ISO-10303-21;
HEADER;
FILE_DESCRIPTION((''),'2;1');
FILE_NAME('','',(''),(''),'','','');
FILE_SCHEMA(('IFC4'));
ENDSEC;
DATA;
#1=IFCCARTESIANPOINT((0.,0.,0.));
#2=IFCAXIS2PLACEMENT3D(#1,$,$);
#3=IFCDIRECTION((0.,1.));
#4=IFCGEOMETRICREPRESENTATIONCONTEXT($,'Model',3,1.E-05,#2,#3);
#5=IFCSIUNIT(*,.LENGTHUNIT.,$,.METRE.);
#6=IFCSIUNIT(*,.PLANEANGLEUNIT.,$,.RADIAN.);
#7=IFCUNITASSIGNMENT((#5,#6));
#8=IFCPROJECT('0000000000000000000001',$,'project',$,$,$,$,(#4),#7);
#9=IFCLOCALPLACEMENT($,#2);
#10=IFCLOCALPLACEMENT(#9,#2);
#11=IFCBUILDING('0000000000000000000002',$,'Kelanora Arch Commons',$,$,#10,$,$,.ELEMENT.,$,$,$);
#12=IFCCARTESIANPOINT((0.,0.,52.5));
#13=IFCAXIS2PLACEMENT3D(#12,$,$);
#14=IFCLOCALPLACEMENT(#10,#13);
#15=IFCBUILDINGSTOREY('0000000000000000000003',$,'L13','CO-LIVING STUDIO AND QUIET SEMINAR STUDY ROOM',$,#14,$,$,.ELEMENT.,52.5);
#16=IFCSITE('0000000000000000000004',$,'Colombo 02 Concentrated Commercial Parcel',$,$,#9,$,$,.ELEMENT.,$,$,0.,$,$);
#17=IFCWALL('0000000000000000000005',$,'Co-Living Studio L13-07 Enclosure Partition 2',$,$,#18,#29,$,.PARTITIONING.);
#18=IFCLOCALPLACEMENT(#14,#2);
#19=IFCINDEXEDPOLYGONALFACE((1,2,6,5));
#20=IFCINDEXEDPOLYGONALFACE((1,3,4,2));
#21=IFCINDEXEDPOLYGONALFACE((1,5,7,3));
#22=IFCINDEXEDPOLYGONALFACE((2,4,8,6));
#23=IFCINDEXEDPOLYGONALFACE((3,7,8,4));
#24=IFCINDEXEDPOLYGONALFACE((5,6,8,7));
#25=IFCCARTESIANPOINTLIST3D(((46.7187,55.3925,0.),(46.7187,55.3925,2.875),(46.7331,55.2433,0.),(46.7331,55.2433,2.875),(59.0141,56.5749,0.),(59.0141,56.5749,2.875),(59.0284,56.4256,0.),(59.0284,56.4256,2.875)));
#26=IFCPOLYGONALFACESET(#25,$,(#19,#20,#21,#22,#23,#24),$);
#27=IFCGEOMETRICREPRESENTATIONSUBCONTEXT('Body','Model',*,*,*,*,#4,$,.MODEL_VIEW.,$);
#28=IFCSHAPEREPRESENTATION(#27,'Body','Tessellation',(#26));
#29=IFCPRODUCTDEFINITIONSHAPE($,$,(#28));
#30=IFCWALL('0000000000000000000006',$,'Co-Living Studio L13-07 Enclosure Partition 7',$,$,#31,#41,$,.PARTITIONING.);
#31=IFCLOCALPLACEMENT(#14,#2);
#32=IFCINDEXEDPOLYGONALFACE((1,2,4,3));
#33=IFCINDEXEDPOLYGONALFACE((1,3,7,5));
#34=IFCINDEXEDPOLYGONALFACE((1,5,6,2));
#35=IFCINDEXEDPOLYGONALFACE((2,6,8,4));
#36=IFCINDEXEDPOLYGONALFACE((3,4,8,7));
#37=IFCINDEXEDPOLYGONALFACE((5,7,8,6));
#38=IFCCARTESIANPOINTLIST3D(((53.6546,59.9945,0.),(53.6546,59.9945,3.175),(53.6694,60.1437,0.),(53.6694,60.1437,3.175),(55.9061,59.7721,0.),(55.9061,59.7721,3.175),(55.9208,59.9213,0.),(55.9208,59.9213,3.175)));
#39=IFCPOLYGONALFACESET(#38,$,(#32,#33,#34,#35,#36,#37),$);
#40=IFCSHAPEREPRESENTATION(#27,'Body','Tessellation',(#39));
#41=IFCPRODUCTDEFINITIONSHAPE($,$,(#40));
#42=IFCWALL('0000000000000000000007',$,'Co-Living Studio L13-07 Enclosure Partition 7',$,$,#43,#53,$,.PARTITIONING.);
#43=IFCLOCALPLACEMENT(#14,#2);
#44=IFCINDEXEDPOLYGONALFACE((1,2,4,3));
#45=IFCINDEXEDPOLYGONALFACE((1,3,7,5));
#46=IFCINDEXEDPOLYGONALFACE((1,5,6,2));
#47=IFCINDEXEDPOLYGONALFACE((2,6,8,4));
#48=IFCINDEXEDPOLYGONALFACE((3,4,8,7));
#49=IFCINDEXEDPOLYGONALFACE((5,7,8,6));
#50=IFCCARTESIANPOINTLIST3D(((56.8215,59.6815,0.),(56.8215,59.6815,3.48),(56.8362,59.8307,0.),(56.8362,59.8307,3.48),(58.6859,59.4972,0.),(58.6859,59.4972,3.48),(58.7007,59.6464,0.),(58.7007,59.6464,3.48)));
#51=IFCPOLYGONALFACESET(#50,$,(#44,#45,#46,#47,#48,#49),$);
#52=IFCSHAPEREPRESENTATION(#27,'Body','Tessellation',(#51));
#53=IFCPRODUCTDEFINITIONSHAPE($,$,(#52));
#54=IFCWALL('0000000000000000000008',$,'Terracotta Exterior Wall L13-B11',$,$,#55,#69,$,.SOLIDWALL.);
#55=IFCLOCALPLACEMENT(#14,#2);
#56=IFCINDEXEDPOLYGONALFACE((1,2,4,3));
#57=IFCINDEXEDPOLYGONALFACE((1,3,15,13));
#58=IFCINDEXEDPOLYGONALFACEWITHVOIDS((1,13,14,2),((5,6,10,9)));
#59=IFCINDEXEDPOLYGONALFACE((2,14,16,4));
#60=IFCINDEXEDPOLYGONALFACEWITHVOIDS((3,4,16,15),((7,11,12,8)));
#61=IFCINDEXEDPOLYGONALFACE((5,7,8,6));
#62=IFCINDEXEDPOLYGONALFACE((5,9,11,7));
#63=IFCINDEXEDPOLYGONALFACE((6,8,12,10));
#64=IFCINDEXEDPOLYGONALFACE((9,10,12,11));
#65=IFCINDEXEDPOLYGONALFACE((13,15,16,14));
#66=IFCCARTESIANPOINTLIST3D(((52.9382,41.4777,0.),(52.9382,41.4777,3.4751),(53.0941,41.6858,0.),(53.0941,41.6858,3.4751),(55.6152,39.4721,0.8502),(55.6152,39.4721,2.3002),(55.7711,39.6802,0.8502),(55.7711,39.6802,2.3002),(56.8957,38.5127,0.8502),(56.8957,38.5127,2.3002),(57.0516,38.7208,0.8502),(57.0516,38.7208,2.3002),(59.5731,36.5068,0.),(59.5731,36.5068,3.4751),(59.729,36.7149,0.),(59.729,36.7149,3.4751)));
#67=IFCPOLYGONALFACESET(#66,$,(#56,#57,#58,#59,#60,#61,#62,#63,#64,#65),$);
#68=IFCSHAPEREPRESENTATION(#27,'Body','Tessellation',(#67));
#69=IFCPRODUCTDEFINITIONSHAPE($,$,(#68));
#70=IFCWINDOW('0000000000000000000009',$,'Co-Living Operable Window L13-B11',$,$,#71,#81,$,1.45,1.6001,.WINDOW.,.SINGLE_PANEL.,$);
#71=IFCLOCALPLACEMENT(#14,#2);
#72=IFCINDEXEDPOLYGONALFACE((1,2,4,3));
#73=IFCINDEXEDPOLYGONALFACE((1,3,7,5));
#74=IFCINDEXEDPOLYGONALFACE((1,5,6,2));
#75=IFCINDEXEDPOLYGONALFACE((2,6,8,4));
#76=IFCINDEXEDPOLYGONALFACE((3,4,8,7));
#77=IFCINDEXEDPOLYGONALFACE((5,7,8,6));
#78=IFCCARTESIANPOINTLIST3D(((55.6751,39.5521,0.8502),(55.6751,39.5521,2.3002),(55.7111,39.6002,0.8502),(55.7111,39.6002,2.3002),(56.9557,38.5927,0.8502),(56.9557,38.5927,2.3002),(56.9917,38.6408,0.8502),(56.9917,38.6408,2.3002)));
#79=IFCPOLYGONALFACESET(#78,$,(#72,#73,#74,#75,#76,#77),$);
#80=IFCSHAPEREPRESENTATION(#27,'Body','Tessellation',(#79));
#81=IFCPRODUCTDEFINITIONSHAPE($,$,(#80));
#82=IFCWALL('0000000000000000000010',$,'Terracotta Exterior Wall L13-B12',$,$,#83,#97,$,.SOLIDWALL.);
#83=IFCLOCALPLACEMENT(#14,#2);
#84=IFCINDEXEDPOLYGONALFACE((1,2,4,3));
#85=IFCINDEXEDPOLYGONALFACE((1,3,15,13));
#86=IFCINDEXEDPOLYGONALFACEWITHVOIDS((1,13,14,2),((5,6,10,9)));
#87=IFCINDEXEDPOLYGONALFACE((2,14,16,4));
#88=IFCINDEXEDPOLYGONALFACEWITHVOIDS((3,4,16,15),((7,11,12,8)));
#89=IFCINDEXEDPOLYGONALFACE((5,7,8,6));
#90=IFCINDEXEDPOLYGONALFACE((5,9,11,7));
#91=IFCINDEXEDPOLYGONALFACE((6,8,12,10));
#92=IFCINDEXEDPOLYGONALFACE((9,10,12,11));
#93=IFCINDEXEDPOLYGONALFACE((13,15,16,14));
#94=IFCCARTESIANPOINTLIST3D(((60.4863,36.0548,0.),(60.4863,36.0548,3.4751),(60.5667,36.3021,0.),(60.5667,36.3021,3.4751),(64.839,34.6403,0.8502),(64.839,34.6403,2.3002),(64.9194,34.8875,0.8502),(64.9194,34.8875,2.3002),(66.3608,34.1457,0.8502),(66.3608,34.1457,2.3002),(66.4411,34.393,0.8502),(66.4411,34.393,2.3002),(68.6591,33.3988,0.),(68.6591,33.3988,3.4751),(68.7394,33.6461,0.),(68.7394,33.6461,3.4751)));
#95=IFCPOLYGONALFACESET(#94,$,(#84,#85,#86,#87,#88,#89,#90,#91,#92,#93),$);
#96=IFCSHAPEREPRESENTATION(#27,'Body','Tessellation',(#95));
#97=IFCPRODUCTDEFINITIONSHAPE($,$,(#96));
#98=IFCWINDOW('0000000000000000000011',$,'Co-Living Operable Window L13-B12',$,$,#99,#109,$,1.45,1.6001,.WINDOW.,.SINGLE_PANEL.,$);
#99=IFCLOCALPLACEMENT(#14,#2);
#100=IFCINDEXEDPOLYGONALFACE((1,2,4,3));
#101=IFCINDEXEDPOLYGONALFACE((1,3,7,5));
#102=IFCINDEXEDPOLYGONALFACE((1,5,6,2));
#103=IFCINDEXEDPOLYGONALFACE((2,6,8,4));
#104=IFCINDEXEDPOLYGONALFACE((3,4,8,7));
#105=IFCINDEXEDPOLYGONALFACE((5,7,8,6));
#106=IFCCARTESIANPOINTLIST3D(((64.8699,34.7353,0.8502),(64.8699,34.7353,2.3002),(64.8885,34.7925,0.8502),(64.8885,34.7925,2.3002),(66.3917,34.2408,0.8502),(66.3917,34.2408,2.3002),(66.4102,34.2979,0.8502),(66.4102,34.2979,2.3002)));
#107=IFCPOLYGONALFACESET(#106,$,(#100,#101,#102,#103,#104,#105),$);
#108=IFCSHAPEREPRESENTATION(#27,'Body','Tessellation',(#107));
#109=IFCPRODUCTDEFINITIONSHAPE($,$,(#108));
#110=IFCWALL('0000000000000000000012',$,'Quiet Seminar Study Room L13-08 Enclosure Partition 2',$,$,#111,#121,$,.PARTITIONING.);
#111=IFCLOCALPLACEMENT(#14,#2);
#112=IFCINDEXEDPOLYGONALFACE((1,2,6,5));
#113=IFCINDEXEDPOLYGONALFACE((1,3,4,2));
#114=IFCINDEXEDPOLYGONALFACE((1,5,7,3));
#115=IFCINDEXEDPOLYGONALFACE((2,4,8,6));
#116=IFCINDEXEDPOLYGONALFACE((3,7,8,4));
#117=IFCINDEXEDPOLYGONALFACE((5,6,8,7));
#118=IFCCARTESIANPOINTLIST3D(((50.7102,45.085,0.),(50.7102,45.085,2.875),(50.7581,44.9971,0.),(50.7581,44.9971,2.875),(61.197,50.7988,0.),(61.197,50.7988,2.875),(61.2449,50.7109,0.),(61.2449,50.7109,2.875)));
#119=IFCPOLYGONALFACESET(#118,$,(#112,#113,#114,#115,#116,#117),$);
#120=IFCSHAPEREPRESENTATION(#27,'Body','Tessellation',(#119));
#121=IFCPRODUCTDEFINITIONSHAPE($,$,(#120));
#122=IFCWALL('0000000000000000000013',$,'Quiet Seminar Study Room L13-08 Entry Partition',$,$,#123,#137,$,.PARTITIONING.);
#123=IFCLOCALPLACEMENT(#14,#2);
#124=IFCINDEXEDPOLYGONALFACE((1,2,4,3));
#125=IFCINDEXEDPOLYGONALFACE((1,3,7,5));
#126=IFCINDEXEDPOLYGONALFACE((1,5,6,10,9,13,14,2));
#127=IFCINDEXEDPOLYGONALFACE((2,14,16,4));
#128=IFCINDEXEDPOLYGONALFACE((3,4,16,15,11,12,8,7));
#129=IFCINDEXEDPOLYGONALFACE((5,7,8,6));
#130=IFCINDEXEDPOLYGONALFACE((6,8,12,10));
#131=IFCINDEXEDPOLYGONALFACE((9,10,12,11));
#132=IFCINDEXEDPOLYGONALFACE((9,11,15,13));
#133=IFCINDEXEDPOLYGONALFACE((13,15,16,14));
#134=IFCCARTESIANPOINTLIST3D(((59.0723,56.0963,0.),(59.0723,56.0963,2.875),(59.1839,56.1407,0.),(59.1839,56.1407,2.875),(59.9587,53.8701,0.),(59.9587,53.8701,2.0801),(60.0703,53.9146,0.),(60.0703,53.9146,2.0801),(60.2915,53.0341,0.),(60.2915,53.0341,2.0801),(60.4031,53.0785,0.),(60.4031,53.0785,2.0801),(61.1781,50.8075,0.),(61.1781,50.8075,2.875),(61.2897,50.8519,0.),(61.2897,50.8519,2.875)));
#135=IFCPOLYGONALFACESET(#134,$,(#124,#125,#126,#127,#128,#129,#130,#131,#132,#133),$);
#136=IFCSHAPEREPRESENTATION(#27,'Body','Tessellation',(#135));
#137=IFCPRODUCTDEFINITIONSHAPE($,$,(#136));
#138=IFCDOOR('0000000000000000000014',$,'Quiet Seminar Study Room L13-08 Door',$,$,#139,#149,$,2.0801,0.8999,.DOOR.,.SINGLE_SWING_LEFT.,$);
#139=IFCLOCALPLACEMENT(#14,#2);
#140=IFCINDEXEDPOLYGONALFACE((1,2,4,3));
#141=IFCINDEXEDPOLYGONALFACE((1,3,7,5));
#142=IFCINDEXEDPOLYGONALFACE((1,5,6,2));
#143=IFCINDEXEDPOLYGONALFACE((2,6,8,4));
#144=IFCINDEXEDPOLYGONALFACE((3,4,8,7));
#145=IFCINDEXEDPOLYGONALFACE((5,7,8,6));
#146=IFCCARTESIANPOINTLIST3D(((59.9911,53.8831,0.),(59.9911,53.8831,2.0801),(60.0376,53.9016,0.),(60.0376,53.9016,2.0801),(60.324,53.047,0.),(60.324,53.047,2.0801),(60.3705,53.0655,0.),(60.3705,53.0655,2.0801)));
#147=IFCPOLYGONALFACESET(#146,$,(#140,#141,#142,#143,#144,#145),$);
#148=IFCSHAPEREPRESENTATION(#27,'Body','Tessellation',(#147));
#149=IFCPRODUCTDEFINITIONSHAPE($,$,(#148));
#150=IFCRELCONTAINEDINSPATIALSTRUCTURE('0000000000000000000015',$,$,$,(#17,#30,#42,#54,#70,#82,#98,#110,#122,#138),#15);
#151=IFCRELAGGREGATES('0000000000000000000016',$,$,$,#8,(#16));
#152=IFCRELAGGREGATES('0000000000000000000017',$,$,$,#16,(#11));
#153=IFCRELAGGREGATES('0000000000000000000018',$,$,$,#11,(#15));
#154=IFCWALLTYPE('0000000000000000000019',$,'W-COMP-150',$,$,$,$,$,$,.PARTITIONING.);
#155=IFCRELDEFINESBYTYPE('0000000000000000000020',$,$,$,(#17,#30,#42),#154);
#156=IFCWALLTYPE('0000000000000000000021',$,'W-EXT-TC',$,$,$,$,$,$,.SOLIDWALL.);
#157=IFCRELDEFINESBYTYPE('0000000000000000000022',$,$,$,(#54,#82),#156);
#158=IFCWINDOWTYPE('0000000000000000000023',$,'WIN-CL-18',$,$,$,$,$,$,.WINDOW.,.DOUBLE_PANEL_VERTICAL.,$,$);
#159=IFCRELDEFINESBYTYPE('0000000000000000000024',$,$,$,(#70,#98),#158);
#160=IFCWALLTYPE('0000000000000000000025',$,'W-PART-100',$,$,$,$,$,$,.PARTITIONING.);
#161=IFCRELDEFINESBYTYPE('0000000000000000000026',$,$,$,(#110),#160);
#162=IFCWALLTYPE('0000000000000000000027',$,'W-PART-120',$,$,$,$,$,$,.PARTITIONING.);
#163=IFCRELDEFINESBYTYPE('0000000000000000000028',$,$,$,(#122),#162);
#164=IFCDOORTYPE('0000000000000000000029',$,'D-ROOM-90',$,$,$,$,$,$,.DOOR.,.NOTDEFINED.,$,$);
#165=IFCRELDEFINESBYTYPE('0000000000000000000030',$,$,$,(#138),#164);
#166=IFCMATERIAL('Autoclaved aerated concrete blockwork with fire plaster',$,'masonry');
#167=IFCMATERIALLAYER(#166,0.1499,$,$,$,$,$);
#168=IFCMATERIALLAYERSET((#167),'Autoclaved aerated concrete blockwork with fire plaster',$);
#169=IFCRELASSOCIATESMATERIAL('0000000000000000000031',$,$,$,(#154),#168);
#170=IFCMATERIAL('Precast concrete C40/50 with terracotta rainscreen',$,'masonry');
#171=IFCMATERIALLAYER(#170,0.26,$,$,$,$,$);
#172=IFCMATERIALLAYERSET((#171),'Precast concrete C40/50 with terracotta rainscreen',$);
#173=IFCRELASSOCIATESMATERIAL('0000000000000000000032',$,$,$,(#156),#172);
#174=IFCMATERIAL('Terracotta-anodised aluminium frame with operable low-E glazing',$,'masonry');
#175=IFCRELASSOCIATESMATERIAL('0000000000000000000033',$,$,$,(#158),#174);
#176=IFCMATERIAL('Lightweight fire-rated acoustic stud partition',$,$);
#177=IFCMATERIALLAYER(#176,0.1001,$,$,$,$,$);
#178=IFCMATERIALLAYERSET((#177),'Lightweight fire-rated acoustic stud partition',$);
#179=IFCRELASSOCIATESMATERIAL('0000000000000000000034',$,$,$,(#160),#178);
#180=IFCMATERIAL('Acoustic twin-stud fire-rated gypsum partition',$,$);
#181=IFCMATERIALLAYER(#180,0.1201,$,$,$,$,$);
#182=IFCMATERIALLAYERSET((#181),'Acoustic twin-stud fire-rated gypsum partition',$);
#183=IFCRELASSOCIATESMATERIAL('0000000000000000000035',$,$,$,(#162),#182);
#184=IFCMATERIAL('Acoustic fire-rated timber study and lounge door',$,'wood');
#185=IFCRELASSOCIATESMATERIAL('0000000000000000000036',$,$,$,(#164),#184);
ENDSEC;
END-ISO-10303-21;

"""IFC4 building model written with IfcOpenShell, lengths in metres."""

from ifc_helpers import new_model, si_unit, direction, frame, frame_2d, origin, place, context, subcontext, project, spatial, rectangle, extrude, material, layer, layer_set, type_object, element, fill, save


model = new_model("IFC4")

# Units and contexts
model_context = context("Model", 3, precision=1e-05, world=origin(), true_north=direction((0.0, 1.0)))
body_context = subcontext(model_context, "Body", "Model", "MODEL_VIEW")
ifc_project = project(units=[si_unit("LENGTHUNIT", "METRE"), si_unit("PLANEANGLEUNIT", "RADIAN")], contexts=[model_context])

# Site, building, storey
site_placement = place(None, origin())
site = spatial("IfcSite", under=ifc_project, at=site_placement, Name="Colombo 02 Concentrated Commercial Parcel", CompositionType="ELEMENT", RefElevation=0.0)
building_placement = place(site_placement, origin())
building = spatial("IfcBuilding", under=site, at=building_placement, Name="Kelanora Arch Commons", CompositionType="ELEMENT")
storey_placement = place(building_placement, frame((0.0, 0.0, 52.5)))
storey = spatial("IfcBuildingStorey", under=building, at=storey_placement, Name="L13", Description="CO-LIVING STUDIO AND QUIET SEMINAR STUDY ROOM", CompositionType="ELEMENT", Elevation=52.5)

# Shared definitions
ifc_material_1 = material(Name="Autoclaved aerated concrete blockwork with fire plaster", Category="masonry")
ifc_layer_1 = layer(ifc_material_1, 0.1499)
ifc_layer_set_1 = layer_set([ifc_layer_1], Name="Autoclaved aerated concrete blockwork with fire plaster")
wall_type_1 = type_object("IfcWallType", Name="W-COMP-150", PredefinedType="PARTITIONING", material=ifc_layer_set_1)

# Walls
wall_1_placement = place(storey_placement, frame((59.0212, 56.5002, 0.0), z_axis=(0.0, 0.0, 1.0), x_axis=(-0.995408, -0.095722, 0.0)))
element("IfcWall", 1, at=wall_1_placement, inside=storey, type_object=wall_type_1, Name="Co-Living Studio L13-07 Enclosure Partition 2", PredefinedType="PARTITIONING", context=body_context, shape_type="SweptSolid", body=[
    extrude(rectangle(XDim=12.3521, YDim=0.1499, at=frame_2d((6.176, 0.0))), origin(), (0.0, 0.0, 1.0), 2.875),
])
wall_2_placement = place(storey_placement, frame((53.6619, 60.0691, 0.0), z_axis=(0.0, 0.0, 1.0), x_axis=(0.995156, -0.098307, 0.0)))
element("IfcWall", 2, at=wall_2_placement, inside=storey, type_object=wall_type_1, Name="Co-Living Studio L13-07 Enclosure Partition 7", PredefinedType="PARTITIONING", context=body_context, shape_type="SweptSolid", body=[
    extrude(rectangle(XDim=2.2625, YDim=0.1499, at=frame_2d((1.1313, 0.0))), origin(), (0.0, 0.0, 1.0), 3.175),
])
wall_3_placement = place(storey_placement, frame((56.8289, 59.7561, 0.0), z_axis=(0.0, 0.0, 1.0), x_axis=(0.995149, -0.098381, 0.0)))
element("IfcWall", 3, at=wall_3_placement, inside=storey, type_object=wall_type_1, Name="Co-Living Studio L13-07 Enclosure Partition 7", PredefinedType="PARTITIONING", context=body_context, shape_type="SweptSolid", body=[
    extrude(rectangle(XDim=1.8735, YDim=0.1499, at=frame_2d((0.9368, 0.0))), origin(), (0.0, 0.0, 1.0), 3.48),
])

# Walls, openings, windows
ifc_material_2 = material(Name="Precast concrete C40/50 with terracotta rainscreen", Category="masonry")
ifc_layer_2 = layer(ifc_material_2, 0.26)
ifc_layer_set_2 = layer_set([ifc_layer_2], Name="Precast concrete C40/50 with terracotta rainscreen")
wall_type_2 = type_object("IfcWallType", Name="W-EXT-TC", PredefinedType="SOLIDWALL", material=ifc_layer_set_2)
wall_4_placement = place(storey_placement, frame((53.0161, 41.5818, 0.0), z_axis=(0.0, 0.0, 1.0), x_axis=(0.800307, -0.59959, 0.0)))
wall_4 = element("IfcWall", 4, at=wall_4_placement, inside=storey, type_object=wall_type_2, Name="Terracotta Exterior Wall L13-B11", PredefinedType="SOLIDWALL", context=body_context, shape_type="SweptSolid", body=[
    extrude(rectangle(XDim=8.2905, YDim=0.26, at=frame_2d((4.1453, 0.0))), origin(), (0.0, 0.0, 1.0), 3.4751),
])
opening_1_placement = place(wall_4_placement, frame((3.345, 0.0, 0.8501)))
opening_1 = element("IfcOpeningElement", 5, at=opening_1_placement, cuts=wall_4, PredefinedType="OPENING", context=body_context, shape_type="SweptSolid", body=[
    extrude(rectangle(XDim=1.6001, YDim=1.45, at=frame_2d((0.8, 0.7251))), frame((0.0, 0.1401, 0.0), z_axis=(0.0, -1.0, 0.0), x_axis=(1.0, 0.0, 0.0)), (0.0, 0.0, 1.0), 0.28),
])
ifc_material_3 = material(Name="Terracotta-anodised aluminium frame with operable low-E glazing", Category="masonry")
window_type = type_object("IfcWindowType", Name="WIN-CL-18", PartitioningType="DOUBLE_PANEL_VERTICAL", PredefinedType="WINDOW", material=ifc_material_3)
window_1_placement = place(opening_1_placement, origin())
window_1 = element("IfcWindow", 6, at=window_1_placement, inside=storey, type_object=window_type, Name="Co-Living Operable Window L13-B11", OverallHeight=1.45, OverallWidth=1.6001, PartitioningType="SINGLE_PANEL", PredefinedType="WINDOW", context=body_context, shape_type="SweptSolid", body=[
    extrude(rectangle(XDim=1.6001, YDim=1.45, at=frame_2d((0.8, 0.7251))), frame((0.0, 0.03, 0.0), z_axis=(0.0, -1.0, 0.0), x_axis=(1.0, 0.0, 0.0)), (0.0, 0.0, 1.0), 0.0601),
])
fill(opening_1, window_1)
wall_5_placement = place(storey_placement, frame((60.5264, 36.1785, 0.0), z_axis=(0.0, 0.0, 1.0), x_axis=(0.95104, -0.309068, 0.0)))
wall_5 = element("IfcWall", 7, at=wall_5_placement, inside=storey, type_object=wall_type_2, Name="Terracotta Exterior Wall L13-B12", PredefinedType="SOLIDWALL", context=body_context, shape_type="SweptSolid", body=[
    extrude(rectangle(XDim=8.5935, YDim=0.26, at=frame_2d((4.2969, 0.0))), origin(), (0.0, 0.0, 1.0), 3.4751),
])
opening_2_placement = place(wall_5_placement, frame((4.5769, 0.0, 0.8501)))
opening_2 = element("IfcOpeningElement", 8, at=opening_2_placement, cuts=wall_5, PredefinedType="OPENING", context=body_context, shape_type="SweptSolid", body=[
    extrude(rectangle(XDim=1.6001, YDim=1.45, at=frame_2d((0.8, 0.7251))), frame((0.0, 0.1401, 0.0), z_axis=(0.0, -1.0, 0.0), x_axis=(1.0, 0.0, 0.0)), (0.0, 0.0, 1.0), 0.28),
])
window_2_placement = place(opening_2_placement, origin())
window_2 = element("IfcWindow", 9, at=window_2_placement, inside=storey, type_object=window_type, Name="Co-Living Operable Window L13-B12", OverallHeight=1.45, OverallWidth=1.6001, PartitioningType="SINGLE_PANEL", PredefinedType="WINDOW", context=body_context, shape_type="SweptSolid", body=[
    extrude(rectangle(XDim=1.6001, YDim=1.45, at=frame_2d((0.8, 0.7251))), frame((0.0, 0.03, 0.0), z_axis=(0.0, -1.0, 0.0), x_axis=(1.0, 0.0, 0.0)), (0.0, 0.0, 1.0), 0.0601),
])
fill(opening_2, window_2)

# Wall
ifc_material_4 = material(Name="Lightweight fire-rated acoustic stud partition")
ifc_layer_3 = layer(ifc_material_4, 0.1001)
ifc_layer_set_3 = layer_set([ifc_layer_3], Name="Lightweight fire-rated acoustic stud partition")
wall_type_3 = type_object("IfcWallType", Name="W-PART-100", PredefinedType="PARTITIONING", material=ifc_layer_set_3)
wall_6_placement = place(storey_placement, frame((61.2209, 50.7549, 0.0), z_axis=(0.0, 0.0, 1.0), x_axis=(-0.878114, -0.478451, 0.0)))
element("IfcWall", 10, at=wall_6_placement, inside=storey, type_object=wall_type_3, Name="Quiet Seminar Study Room L13-08 Enclosure Partition 2", PredefinedType="PARTITIONING", context=body_context, shape_type="SweptSolid", body=[
    extrude(rectangle(XDim=11.9424, YDim=0.1001, at=frame_2d((5.9712, 0.0))), origin(), (0.0, 0.0, 1.0), 2.875),
])

# Wall, opening, door
ifc_material_5 = material(Name="Acoustic twin-stud fire-rated gypsum partition")
ifc_layer_4 = layer(ifc_material_5, 0.1201)
ifc_layer_set_4 = layer_set([ifc_layer_4], Name="Acoustic twin-stud fire-rated gypsum partition")
wall_type_4 = type_object("IfcWallType", Name="W-PART-120", PredefinedType="PARTITIONING", material=ifc_layer_set_4)
wall_7_placement = place(storey_placement, frame((59.1282, 56.1184, 0.0), z_axis=(0.0, 0.0, 1.0), x_axis=(0.369904, -0.92907, 0.0)))
wall_7 = element("IfcWall", 11, at=wall_7_placement, inside=storey, type_object=wall_type_4, Name="Quiet Seminar Study Room L13-08 Entry Partition", PredefinedType="PARTITIONING", context=body_context, shape_type="SweptSolid", body=[
    extrude(rectangle(XDim=5.6926, YDim=0.1201, at=frame_2d((2.8462, 0.0))), origin(), (0.0, 0.0, 1.0), 2.875),
])
opening_3_placement = place(wall_7_placement, frame((2.396, 0.0, 0.0)))
opening_3 = element("IfcOpeningElement", 12, at=opening_3_placement, cuts=wall_7, PredefinedType="OPENING", context=body_context, shape_type="SweptSolid", body=[
    extrude(rectangle(XDim=0.8999, YDim=2.0801, at=frame_2d((0.45, 1.04))), frame((0.0, 0.0701, 0.0), z_axis=(0.0, -1.0, 0.0), x_axis=(1.0, 0.0, 0.0)), (0.0, 0.0, 1.0), 0.1401),
])
ifc_material_6 = material(Name="Acoustic fire-rated timber study and lounge door", Category="wood")
door_type_1 = type_object("IfcDoorType", Name="D-ROOM-90", OperationType="NOTDEFINED", PredefinedType="DOOR", material=ifc_material_6)
door_1_placement = place(opening_3_placement, origin())
door_1 = element("IfcDoor", 13, at=door_1_placement, inside=storey, type_object=door_type_1, Name="Quiet Seminar Study Room L13-08 Door", OperationType="SINGLE_SWING_LEFT", OverallHeight=2.0801, OverallWidth=0.8999, PredefinedType="DOOR", context=body_context, shape_type="SweptSolid", body=[
    extrude(rectangle(XDim=0.8999, YDim=2.0801, at=frame_2d((0.45, 1.04))), frame((0.0, 0.0249, 0.0), z_axis=(0.0, -1.0, 0.0), x_axis=(1.0, 0.0, 0.0)), (0.0, 0.0, 1.0), 0.05),
])
fill(opening_3, door_1)

save(model, "model.ifc")
